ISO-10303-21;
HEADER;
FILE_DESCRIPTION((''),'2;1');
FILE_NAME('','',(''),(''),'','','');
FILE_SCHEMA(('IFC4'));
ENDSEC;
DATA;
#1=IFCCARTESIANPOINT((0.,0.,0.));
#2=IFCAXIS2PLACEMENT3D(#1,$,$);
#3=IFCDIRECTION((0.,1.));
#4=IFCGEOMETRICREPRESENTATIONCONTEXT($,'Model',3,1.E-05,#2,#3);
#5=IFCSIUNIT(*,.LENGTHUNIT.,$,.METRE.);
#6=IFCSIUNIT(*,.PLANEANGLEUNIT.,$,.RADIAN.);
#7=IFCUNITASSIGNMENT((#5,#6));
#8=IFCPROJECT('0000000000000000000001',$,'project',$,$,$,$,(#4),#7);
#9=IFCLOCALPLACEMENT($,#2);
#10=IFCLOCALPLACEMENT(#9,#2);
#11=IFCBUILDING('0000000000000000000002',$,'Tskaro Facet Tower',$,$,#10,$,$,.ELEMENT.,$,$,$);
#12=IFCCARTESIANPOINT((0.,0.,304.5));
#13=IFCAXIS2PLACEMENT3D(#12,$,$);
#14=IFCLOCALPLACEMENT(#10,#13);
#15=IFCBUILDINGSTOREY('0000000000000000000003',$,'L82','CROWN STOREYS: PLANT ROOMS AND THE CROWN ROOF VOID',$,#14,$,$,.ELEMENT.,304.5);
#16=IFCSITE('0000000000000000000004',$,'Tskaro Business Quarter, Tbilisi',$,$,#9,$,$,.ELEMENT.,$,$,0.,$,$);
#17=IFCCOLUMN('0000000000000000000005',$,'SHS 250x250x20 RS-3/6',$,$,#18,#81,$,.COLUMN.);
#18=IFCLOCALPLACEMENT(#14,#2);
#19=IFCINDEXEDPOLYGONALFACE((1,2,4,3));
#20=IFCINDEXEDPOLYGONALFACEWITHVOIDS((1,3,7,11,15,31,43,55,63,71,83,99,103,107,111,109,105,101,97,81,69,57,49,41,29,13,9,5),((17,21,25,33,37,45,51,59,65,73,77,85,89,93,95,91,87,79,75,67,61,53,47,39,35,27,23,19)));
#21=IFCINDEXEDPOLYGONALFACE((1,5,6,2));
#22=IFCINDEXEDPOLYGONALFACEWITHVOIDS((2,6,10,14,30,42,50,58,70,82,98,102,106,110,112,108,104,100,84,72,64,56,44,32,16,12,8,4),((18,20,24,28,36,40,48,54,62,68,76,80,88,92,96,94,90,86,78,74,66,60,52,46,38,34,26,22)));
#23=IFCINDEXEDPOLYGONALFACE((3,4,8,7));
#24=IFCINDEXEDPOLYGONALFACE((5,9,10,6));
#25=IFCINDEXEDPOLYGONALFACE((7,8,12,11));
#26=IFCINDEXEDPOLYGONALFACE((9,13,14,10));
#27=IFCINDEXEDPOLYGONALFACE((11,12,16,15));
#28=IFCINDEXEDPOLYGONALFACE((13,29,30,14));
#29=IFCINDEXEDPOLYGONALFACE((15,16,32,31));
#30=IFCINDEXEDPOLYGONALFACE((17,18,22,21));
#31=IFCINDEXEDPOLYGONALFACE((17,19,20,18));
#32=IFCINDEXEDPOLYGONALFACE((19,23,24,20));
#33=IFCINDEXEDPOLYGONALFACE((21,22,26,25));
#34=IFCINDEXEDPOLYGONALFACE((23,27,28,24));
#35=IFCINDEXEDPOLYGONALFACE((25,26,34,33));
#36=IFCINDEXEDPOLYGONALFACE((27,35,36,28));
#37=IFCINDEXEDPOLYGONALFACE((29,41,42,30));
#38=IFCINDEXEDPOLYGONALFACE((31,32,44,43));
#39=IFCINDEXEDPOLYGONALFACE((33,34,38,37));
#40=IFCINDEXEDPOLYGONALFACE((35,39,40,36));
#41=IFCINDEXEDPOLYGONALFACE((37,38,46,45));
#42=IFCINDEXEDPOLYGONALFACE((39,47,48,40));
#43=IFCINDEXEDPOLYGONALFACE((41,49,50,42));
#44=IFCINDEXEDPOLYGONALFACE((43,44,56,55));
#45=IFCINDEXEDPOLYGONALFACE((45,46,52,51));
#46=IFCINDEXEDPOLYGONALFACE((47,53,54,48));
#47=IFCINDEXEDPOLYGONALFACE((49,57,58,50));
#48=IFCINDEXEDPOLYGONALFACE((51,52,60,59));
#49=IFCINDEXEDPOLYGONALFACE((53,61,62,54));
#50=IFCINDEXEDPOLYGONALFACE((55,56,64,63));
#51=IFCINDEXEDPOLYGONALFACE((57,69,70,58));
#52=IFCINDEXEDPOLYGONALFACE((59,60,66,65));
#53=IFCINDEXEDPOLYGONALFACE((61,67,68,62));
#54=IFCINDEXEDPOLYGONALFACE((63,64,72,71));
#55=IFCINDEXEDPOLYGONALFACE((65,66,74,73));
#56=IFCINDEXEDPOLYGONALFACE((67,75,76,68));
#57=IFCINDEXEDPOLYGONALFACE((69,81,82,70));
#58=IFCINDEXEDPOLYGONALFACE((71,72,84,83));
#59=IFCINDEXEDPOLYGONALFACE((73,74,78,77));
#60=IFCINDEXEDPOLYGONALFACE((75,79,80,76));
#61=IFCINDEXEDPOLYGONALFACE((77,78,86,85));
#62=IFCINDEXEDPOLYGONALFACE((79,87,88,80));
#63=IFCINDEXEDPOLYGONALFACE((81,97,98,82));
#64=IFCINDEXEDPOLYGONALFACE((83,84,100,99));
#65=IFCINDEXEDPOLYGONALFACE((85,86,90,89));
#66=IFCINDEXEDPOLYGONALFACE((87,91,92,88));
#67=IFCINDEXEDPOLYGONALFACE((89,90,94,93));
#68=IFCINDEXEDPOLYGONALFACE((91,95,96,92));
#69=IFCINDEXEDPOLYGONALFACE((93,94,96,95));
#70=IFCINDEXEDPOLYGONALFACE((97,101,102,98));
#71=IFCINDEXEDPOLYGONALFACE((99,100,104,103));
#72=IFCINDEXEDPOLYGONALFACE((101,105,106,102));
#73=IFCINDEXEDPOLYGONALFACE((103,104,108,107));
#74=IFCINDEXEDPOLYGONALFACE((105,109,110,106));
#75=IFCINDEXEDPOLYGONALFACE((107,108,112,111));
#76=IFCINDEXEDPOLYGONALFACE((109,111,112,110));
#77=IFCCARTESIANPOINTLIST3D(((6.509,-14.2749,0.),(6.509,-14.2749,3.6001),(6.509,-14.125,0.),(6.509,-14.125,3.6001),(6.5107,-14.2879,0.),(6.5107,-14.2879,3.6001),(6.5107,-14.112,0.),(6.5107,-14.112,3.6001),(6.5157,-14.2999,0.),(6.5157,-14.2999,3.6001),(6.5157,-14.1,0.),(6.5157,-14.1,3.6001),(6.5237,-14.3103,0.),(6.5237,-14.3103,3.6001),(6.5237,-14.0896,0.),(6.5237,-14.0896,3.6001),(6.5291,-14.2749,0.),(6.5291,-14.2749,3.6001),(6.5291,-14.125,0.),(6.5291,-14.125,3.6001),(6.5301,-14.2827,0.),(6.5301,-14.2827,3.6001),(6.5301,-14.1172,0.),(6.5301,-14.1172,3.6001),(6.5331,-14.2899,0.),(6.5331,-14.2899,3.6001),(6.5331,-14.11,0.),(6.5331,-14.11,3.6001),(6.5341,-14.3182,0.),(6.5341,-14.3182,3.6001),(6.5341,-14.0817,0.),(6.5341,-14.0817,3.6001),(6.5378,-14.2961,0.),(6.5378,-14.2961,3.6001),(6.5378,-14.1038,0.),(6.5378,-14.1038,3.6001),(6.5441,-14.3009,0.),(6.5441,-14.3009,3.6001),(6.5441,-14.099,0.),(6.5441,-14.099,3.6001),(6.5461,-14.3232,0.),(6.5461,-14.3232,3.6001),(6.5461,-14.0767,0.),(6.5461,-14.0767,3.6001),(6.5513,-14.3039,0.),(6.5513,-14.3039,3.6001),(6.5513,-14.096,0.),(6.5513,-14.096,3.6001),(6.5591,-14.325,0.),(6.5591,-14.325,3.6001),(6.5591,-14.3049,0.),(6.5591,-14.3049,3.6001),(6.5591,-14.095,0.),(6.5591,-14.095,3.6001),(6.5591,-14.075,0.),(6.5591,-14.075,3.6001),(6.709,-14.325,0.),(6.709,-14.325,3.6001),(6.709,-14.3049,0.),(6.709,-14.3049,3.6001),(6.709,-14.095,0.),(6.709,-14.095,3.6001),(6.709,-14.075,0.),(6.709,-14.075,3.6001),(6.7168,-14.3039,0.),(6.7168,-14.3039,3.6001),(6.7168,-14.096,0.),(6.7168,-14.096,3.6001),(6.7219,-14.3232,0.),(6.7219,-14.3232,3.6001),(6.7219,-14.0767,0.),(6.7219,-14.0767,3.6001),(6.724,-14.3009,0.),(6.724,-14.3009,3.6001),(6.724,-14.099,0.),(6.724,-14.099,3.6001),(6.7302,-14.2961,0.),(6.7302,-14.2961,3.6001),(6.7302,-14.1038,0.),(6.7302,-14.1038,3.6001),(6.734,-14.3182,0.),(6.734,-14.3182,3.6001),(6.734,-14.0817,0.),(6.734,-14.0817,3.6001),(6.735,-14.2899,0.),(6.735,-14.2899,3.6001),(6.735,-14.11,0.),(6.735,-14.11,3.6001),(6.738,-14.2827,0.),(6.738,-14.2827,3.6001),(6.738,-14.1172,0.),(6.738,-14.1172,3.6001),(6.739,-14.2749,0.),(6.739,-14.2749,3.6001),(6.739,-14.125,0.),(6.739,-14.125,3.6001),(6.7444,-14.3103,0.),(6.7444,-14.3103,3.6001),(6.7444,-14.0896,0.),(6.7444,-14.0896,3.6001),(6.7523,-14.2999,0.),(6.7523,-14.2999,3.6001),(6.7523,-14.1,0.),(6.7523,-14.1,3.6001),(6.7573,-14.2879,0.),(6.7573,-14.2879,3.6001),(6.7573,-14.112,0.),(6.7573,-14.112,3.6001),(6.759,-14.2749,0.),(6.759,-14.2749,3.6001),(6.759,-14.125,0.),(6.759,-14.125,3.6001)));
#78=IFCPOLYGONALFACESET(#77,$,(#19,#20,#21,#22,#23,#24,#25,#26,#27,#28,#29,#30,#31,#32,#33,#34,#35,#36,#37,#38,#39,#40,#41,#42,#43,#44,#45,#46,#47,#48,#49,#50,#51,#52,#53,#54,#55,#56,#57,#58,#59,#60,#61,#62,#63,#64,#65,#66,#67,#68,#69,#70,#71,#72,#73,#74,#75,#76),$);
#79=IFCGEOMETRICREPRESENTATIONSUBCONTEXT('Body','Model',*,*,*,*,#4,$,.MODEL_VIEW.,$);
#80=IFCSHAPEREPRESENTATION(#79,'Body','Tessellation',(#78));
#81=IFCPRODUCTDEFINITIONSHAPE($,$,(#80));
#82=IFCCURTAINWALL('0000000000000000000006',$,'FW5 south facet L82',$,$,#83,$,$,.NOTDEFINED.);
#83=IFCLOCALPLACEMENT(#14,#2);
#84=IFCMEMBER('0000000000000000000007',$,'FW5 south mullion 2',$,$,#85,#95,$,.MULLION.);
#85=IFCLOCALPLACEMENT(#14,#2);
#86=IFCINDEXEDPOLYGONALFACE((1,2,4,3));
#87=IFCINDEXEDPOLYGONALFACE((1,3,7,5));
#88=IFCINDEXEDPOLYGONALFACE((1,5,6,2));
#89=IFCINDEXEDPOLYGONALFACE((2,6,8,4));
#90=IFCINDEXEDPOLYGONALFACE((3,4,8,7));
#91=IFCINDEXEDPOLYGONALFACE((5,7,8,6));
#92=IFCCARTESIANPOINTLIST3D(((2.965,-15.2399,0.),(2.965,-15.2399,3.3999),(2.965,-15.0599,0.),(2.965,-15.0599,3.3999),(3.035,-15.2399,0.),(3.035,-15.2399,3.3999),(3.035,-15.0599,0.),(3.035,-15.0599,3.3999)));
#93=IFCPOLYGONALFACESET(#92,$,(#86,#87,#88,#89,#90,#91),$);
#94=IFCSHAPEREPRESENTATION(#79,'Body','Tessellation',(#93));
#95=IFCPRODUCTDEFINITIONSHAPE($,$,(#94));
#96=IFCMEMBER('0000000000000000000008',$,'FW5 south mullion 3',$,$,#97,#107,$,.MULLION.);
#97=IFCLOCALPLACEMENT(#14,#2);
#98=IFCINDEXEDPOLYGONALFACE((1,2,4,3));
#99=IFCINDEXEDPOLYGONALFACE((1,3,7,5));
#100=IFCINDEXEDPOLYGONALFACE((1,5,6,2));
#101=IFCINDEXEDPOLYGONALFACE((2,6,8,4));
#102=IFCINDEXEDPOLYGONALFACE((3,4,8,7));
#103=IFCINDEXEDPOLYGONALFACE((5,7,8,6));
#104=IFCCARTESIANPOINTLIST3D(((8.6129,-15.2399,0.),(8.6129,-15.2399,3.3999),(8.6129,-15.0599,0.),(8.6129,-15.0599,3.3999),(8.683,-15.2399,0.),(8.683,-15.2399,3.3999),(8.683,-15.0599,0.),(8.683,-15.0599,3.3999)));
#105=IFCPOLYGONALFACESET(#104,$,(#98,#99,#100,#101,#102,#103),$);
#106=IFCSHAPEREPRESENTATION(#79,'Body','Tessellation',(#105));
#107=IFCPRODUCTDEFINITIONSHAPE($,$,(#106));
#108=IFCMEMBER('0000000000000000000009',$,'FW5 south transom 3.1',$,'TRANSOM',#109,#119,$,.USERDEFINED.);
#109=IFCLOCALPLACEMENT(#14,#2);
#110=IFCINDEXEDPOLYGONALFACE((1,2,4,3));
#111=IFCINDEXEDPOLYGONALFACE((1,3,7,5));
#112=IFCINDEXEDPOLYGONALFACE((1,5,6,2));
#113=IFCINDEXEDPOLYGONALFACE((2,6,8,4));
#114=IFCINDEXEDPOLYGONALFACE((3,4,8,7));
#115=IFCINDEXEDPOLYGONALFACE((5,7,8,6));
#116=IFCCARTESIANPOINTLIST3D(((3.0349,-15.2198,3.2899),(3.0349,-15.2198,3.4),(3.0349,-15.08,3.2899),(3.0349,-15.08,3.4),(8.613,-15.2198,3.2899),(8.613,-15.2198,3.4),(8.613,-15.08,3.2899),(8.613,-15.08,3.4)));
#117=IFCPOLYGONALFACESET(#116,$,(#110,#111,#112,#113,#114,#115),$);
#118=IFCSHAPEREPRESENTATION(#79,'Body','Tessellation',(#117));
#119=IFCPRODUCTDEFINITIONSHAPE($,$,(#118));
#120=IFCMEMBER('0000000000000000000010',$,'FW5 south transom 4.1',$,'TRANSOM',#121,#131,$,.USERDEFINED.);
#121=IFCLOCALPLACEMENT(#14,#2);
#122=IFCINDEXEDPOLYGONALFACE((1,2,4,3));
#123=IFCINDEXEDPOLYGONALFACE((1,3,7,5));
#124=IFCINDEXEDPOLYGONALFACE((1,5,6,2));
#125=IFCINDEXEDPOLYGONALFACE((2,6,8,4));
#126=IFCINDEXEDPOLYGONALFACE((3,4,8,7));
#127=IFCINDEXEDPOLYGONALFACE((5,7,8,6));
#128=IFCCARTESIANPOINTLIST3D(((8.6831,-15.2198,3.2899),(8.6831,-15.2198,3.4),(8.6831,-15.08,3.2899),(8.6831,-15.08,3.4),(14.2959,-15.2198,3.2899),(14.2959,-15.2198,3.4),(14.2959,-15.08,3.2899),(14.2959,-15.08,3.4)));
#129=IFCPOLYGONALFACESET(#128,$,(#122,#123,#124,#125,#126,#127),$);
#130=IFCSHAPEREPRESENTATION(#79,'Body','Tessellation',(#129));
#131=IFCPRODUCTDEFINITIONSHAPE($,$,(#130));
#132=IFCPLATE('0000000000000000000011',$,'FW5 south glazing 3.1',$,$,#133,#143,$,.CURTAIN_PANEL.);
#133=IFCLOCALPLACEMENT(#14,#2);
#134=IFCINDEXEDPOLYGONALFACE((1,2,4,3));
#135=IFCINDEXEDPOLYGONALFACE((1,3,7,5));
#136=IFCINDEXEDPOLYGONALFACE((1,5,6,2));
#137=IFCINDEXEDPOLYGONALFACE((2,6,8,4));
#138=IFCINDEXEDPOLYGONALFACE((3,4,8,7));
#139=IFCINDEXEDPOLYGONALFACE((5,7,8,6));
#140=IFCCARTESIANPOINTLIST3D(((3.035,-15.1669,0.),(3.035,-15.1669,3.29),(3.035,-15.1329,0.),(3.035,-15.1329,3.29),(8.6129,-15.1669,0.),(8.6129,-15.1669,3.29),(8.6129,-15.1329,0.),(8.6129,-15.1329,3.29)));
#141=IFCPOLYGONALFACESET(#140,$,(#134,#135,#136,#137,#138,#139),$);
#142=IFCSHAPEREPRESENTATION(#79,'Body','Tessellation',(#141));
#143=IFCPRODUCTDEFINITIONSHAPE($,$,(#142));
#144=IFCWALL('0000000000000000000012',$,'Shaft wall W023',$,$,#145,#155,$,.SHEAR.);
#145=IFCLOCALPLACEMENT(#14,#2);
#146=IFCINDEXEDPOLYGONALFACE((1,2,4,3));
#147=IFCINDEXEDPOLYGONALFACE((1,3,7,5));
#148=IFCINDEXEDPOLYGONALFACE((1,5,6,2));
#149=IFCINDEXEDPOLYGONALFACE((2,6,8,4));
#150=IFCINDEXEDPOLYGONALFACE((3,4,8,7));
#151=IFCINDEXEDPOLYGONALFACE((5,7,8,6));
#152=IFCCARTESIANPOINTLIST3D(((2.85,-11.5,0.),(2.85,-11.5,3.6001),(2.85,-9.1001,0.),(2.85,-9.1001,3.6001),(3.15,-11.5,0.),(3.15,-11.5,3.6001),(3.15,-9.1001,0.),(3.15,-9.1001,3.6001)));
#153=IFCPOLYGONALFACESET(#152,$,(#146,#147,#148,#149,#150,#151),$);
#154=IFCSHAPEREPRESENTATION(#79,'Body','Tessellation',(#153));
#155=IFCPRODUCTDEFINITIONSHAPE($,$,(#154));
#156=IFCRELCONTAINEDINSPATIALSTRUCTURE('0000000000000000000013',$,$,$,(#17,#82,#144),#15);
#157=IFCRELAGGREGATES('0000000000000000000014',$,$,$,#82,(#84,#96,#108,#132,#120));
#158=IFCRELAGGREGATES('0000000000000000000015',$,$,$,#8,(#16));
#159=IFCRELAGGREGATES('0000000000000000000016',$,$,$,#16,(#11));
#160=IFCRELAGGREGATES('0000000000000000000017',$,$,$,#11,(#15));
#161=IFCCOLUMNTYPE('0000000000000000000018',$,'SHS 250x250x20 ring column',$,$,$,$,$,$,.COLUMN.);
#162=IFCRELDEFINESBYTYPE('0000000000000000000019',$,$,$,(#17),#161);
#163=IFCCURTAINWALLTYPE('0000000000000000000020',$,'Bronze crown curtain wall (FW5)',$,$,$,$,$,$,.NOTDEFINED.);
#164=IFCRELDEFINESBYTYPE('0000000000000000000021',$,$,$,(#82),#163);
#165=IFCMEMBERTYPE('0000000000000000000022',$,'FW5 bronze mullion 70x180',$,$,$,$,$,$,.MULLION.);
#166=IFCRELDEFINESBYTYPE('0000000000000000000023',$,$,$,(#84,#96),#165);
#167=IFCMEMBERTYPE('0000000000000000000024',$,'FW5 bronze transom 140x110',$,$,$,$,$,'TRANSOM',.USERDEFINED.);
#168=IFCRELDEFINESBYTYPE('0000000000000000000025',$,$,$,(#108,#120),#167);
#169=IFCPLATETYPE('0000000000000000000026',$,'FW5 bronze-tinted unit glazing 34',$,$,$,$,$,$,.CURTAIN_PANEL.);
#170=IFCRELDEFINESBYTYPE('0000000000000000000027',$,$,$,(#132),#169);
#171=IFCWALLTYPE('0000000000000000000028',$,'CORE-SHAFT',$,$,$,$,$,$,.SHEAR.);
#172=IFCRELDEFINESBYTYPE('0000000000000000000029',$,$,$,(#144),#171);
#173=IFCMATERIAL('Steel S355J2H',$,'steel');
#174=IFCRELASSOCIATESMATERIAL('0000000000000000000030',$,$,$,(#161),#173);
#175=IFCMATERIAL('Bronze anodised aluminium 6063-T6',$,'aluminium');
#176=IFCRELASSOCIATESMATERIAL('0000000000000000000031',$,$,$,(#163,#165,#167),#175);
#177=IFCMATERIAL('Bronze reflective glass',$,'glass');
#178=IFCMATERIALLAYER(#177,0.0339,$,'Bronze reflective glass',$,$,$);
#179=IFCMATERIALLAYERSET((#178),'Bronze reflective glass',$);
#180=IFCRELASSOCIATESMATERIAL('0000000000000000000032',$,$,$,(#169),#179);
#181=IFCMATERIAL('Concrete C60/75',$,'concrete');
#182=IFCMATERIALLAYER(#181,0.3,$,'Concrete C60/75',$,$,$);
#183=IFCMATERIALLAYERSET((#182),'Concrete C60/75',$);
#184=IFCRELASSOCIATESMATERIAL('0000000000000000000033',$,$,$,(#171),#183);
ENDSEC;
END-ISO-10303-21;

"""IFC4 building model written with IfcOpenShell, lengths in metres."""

from ifc_helpers import new_model, si_unit, direction, frame, frame_2d, origin, origin_2d, place, context, subcontext, project, spatial, rectangle, hollow_rectangle, extrude, material, layer, layer_set, material_profile, profile_set, type_object, element, aggregate, save


model = new_model("IFC4")

# Units and contexts
model_context = context("Model", 3, precision=1e-05, world=origin(), true_north=direction((0.0, 1.0)))
body_context = subcontext(model_context, "Body", "Model", "MODEL_VIEW")
ifc_project = project(units=[si_unit("LENGTHUNIT", "METRE"), si_unit("PLANEANGLEUNIT", "RADIAN")], contexts=[model_context])

# Site, building, storey
site_placement = place(None, origin())
site = spatial("IfcSite", under=ifc_project, at=site_placement, Name="Tskaro Business Quarter, Tbilisi", CompositionType="ELEMENT", RefElevation=0.0)
building_placement = place(site_placement, origin())
building = spatial("IfcBuilding", under=site, at=building_placement, Name="Tskaro Facet Tower", CompositionType="ELEMENT")
storey_placement = place(building_placement, frame((0.0, 0.0, 304.5)))
storey = spatial("IfcBuildingStorey", under=building, at=storey_placement, Name="L82", Description="CROWN STOREYS: PLANT ROOMS AND THE CROWN ROOF VOID", CompositionType="ELEMENT", Elevation=304.5)

# Column
ifc_material_1 = material(Name="Steel S355J2H", Category="steel")
ifc_material_profile_1 = material_profile(ifc_material_1, hollow_rectangle(XDim=0.25, YDim=0.25, WallThickness=0.02, InnerFilletRadius=0.03, OuterFilletRadius=0.05, at=origin_2d()), Name="SHS 250x250x20")
ifc_profile_set_1 = profile_set([ifc_material_profile_1], Name="Steel S355J2H")
column_type = type_object("IfcColumnType", Name="SHS 250x250x20 ring column", PredefinedType="COLUMN", material=ifc_profile_set_1)
column_placement = place(storey_placement, frame((6.634, -14.2, 0.0), z_axis=(0.0, 0.0, 1.0), x_axis=(1.0, 0.0, 0.0)))
element("IfcColumn", 1, at=column_placement, inside=storey, type_object=column_type, Name="SHS 250x250x20 RS-3/6", PredefinedType="COLUMN", context=body_context, shape_type="SweptSolid", body=[
    extrude(hollow_rectangle(XDim=0.25, YDim=0.25, WallThickness=0.02, InnerFilletRadius=0.03, OuterFilletRadius=0.05, at=origin_2d()), origin(), (0.0, 0.0, 1.0), 3.6001),
])

# Curtain wall, members, plate
ifc_material_2 = material(Name="Bronze anodised aluminium 6063-T6", Category="aluminium")
curtain_wall_type = type_object("IfcCurtainWallType", Name="Bronze crown curtain wall (FW5)", PredefinedType="NOTDEFINED", material=ifc_material_2)
curtain_wall_placement = place(storey_placement, origin())
curtain_wall = element("IfcCurtainWall", 2, at=curtain_wall_placement, inside=storey, type_object=curtain_wall_type, Name="FW5 south facet L82", PredefinedType="NOTDEFINED")
ifc_material_profile_2 = material_profile(ifc_material_2, rectangle(XDim=0.0701, YDim=0.1799, at=origin_2d()), Name="Mullion 70x180")
ifc_profile_set_2 = profile_set([ifc_material_profile_2], Name="Bronze anodised aluminium 6063-T6")
member_type_1 = type_object("IfcMemberType", Name="FW5 bronze mullion 70x180", PredefinedType="MULLION", material=ifc_profile_set_2)
member_1_placement = place(storey_placement, frame((3.0, -15.1499, 0.0), z_axis=(0.0, 0.0, 1.0), x_axis=(1.0, 0.0, 0.0)))
member_1 = element("IfcMember", 3, at=member_1_placement, type_object=member_type_1, Name="FW5 south mullion 2", PredefinedType="MULLION", context=body_context, shape_type="SweptSolid", body=[
    extrude(rectangle(XDim=0.0701, YDim=0.1799, at=origin_2d()), origin(), (0.0, 0.0, 1.0), 3.3999),
])
member_2_placement = place(storey_placement, frame((8.6479, -15.1499, 0.0), z_axis=(0.0, 0.0, 1.0), x_axis=(1.0, 0.0, 0.0)))
member_2 = element("IfcMember", 4, at=member_2_placement, type_object=member_type_1, Name="FW5 south mullion 3", PredefinedType="MULLION", context=body_context, shape_type="SweptSolid", body=[
    extrude(rectangle(XDim=0.0701, YDim=0.1799, at=origin_2d()), origin(), (0.0, 0.0, 1.0), 3.3999),
])
ifc_material_profile_3 = material_profile(ifc_material_2, rectangle(XDim=0.1399, YDim=0.1101, at=origin_2d()), Name="Transom 140x110")
ifc_profile_set_3 = profile_set([ifc_material_profile_3], Name="Bronze anodised aluminium 6063-T6")
member_type_2 = type_object("IfcMemberType", Name="FW5 bronze transom 140x110", ElementType="TRANSOM", PredefinedType="USERDEFINED", material=ifc_profile_set_3)
member_3_placement = place(storey_placement, frame((3.0349, -15.1499, 3.345), z_axis=(1.0, 0.0, 0.0), x_axis=(0.0, 1.0, 0.0)))
member_3 = element("IfcMember", 5, at=member_3_placement, type_object=member_type_2, Name="FW5 south transom 3.1", ObjectType="TRANSOM", PredefinedType="USERDEFINED", context=body_context, shape_type="SweptSolid", body=[
    extrude(rectangle(XDim=0.1399, YDim=0.1101, at=origin_2d()), origin(), (0.0, 0.0, 1.0), 5.5781),
])
member_4_placement = place(storey_placement, frame((8.6831, -15.1499, 3.345), z_axis=(1.0, 0.0, 0.0), x_axis=(0.0, 1.0, 0.0)))
member_4 = element("IfcMember", 6, at=member_4_placement, type_object=member_type_2, Name="FW5 south transom 4.1", ObjectType="TRANSOM", PredefinedType="USERDEFINED", context=body_context, shape_type="SweptSolid", body=[
    extrude(rectangle(XDim=0.1399, YDim=0.1101, at=origin_2d()), origin(), (0.0, 0.0, 1.0), 5.6128),
])
ifc_material_3 = material(Name="Bronze reflective glass", Category="glass")
ifc_layer_1 = layer(ifc_material_3, 0.0339, Name="Bronze reflective glass")
ifc_layer_set_1 = layer_set([ifc_layer_1], Name="Bronze reflective glass")
plate_type = type_object("IfcPlateType", Name="FW5 bronze-tinted unit glazing 34", PredefinedType="CURTAIN_PANEL", material=ifc_layer_set_1)
plate_placement = place(storey_placement, frame((5.824, -15.1499, 0.0), z_axis=(0.0, 0.0, 1.0), x_axis=(1.0, 0.0, 0.0)))
plate = element("IfcPlate", 7, at=plate_placement, type_object=plate_type, Name="FW5 south glazing 3.1", PredefinedType="CURTAIN_PANEL", context=body_context, shape_type="SweptSolid", body=[
    extrude(rectangle(XDim=5.5779, YDim=0.0339, at=origin_2d()), origin(), (0.0, 0.0, 1.0), 3.29),
])
aggregate(curtain_wall, [member_1, member_2, member_3, plate, member_4])

# Wall
ifc_material_4 = material(Name="Concrete C60/75", Category="concrete")
ifc_layer_2 = layer(ifc_material_4, 0.3, Name="Concrete C60/75")
ifc_layer_set_2 = layer_set([ifc_layer_2], Name="Concrete C60/75")
wall_type_1 = type_object("IfcWallType", Name="CORE-SHAFT", PredefinedType="SHEAR", material=ifc_layer_set_2)
wall_1_placement = place(storey_placement, frame((3.0, -11.5, 0.0), z_axis=(0.0, 0.0, 1.0), x_axis=(0.0, 1.0, 0.0)))
element("IfcWall", 8, at=wall_1_placement, inside=storey, type_object=wall_type_1, Name="Shaft wall W023", PredefinedType="SHEAR", context=body_context, shape_type="SweptSolid", body=[
    extrude(rectangle(XDim=2.3999, YDim=0.3, at=frame_2d((1.2, 0.0))), origin(), (0.0, 0.0, 1.0), 3.6001),
])

save(model, "model.ifc")
